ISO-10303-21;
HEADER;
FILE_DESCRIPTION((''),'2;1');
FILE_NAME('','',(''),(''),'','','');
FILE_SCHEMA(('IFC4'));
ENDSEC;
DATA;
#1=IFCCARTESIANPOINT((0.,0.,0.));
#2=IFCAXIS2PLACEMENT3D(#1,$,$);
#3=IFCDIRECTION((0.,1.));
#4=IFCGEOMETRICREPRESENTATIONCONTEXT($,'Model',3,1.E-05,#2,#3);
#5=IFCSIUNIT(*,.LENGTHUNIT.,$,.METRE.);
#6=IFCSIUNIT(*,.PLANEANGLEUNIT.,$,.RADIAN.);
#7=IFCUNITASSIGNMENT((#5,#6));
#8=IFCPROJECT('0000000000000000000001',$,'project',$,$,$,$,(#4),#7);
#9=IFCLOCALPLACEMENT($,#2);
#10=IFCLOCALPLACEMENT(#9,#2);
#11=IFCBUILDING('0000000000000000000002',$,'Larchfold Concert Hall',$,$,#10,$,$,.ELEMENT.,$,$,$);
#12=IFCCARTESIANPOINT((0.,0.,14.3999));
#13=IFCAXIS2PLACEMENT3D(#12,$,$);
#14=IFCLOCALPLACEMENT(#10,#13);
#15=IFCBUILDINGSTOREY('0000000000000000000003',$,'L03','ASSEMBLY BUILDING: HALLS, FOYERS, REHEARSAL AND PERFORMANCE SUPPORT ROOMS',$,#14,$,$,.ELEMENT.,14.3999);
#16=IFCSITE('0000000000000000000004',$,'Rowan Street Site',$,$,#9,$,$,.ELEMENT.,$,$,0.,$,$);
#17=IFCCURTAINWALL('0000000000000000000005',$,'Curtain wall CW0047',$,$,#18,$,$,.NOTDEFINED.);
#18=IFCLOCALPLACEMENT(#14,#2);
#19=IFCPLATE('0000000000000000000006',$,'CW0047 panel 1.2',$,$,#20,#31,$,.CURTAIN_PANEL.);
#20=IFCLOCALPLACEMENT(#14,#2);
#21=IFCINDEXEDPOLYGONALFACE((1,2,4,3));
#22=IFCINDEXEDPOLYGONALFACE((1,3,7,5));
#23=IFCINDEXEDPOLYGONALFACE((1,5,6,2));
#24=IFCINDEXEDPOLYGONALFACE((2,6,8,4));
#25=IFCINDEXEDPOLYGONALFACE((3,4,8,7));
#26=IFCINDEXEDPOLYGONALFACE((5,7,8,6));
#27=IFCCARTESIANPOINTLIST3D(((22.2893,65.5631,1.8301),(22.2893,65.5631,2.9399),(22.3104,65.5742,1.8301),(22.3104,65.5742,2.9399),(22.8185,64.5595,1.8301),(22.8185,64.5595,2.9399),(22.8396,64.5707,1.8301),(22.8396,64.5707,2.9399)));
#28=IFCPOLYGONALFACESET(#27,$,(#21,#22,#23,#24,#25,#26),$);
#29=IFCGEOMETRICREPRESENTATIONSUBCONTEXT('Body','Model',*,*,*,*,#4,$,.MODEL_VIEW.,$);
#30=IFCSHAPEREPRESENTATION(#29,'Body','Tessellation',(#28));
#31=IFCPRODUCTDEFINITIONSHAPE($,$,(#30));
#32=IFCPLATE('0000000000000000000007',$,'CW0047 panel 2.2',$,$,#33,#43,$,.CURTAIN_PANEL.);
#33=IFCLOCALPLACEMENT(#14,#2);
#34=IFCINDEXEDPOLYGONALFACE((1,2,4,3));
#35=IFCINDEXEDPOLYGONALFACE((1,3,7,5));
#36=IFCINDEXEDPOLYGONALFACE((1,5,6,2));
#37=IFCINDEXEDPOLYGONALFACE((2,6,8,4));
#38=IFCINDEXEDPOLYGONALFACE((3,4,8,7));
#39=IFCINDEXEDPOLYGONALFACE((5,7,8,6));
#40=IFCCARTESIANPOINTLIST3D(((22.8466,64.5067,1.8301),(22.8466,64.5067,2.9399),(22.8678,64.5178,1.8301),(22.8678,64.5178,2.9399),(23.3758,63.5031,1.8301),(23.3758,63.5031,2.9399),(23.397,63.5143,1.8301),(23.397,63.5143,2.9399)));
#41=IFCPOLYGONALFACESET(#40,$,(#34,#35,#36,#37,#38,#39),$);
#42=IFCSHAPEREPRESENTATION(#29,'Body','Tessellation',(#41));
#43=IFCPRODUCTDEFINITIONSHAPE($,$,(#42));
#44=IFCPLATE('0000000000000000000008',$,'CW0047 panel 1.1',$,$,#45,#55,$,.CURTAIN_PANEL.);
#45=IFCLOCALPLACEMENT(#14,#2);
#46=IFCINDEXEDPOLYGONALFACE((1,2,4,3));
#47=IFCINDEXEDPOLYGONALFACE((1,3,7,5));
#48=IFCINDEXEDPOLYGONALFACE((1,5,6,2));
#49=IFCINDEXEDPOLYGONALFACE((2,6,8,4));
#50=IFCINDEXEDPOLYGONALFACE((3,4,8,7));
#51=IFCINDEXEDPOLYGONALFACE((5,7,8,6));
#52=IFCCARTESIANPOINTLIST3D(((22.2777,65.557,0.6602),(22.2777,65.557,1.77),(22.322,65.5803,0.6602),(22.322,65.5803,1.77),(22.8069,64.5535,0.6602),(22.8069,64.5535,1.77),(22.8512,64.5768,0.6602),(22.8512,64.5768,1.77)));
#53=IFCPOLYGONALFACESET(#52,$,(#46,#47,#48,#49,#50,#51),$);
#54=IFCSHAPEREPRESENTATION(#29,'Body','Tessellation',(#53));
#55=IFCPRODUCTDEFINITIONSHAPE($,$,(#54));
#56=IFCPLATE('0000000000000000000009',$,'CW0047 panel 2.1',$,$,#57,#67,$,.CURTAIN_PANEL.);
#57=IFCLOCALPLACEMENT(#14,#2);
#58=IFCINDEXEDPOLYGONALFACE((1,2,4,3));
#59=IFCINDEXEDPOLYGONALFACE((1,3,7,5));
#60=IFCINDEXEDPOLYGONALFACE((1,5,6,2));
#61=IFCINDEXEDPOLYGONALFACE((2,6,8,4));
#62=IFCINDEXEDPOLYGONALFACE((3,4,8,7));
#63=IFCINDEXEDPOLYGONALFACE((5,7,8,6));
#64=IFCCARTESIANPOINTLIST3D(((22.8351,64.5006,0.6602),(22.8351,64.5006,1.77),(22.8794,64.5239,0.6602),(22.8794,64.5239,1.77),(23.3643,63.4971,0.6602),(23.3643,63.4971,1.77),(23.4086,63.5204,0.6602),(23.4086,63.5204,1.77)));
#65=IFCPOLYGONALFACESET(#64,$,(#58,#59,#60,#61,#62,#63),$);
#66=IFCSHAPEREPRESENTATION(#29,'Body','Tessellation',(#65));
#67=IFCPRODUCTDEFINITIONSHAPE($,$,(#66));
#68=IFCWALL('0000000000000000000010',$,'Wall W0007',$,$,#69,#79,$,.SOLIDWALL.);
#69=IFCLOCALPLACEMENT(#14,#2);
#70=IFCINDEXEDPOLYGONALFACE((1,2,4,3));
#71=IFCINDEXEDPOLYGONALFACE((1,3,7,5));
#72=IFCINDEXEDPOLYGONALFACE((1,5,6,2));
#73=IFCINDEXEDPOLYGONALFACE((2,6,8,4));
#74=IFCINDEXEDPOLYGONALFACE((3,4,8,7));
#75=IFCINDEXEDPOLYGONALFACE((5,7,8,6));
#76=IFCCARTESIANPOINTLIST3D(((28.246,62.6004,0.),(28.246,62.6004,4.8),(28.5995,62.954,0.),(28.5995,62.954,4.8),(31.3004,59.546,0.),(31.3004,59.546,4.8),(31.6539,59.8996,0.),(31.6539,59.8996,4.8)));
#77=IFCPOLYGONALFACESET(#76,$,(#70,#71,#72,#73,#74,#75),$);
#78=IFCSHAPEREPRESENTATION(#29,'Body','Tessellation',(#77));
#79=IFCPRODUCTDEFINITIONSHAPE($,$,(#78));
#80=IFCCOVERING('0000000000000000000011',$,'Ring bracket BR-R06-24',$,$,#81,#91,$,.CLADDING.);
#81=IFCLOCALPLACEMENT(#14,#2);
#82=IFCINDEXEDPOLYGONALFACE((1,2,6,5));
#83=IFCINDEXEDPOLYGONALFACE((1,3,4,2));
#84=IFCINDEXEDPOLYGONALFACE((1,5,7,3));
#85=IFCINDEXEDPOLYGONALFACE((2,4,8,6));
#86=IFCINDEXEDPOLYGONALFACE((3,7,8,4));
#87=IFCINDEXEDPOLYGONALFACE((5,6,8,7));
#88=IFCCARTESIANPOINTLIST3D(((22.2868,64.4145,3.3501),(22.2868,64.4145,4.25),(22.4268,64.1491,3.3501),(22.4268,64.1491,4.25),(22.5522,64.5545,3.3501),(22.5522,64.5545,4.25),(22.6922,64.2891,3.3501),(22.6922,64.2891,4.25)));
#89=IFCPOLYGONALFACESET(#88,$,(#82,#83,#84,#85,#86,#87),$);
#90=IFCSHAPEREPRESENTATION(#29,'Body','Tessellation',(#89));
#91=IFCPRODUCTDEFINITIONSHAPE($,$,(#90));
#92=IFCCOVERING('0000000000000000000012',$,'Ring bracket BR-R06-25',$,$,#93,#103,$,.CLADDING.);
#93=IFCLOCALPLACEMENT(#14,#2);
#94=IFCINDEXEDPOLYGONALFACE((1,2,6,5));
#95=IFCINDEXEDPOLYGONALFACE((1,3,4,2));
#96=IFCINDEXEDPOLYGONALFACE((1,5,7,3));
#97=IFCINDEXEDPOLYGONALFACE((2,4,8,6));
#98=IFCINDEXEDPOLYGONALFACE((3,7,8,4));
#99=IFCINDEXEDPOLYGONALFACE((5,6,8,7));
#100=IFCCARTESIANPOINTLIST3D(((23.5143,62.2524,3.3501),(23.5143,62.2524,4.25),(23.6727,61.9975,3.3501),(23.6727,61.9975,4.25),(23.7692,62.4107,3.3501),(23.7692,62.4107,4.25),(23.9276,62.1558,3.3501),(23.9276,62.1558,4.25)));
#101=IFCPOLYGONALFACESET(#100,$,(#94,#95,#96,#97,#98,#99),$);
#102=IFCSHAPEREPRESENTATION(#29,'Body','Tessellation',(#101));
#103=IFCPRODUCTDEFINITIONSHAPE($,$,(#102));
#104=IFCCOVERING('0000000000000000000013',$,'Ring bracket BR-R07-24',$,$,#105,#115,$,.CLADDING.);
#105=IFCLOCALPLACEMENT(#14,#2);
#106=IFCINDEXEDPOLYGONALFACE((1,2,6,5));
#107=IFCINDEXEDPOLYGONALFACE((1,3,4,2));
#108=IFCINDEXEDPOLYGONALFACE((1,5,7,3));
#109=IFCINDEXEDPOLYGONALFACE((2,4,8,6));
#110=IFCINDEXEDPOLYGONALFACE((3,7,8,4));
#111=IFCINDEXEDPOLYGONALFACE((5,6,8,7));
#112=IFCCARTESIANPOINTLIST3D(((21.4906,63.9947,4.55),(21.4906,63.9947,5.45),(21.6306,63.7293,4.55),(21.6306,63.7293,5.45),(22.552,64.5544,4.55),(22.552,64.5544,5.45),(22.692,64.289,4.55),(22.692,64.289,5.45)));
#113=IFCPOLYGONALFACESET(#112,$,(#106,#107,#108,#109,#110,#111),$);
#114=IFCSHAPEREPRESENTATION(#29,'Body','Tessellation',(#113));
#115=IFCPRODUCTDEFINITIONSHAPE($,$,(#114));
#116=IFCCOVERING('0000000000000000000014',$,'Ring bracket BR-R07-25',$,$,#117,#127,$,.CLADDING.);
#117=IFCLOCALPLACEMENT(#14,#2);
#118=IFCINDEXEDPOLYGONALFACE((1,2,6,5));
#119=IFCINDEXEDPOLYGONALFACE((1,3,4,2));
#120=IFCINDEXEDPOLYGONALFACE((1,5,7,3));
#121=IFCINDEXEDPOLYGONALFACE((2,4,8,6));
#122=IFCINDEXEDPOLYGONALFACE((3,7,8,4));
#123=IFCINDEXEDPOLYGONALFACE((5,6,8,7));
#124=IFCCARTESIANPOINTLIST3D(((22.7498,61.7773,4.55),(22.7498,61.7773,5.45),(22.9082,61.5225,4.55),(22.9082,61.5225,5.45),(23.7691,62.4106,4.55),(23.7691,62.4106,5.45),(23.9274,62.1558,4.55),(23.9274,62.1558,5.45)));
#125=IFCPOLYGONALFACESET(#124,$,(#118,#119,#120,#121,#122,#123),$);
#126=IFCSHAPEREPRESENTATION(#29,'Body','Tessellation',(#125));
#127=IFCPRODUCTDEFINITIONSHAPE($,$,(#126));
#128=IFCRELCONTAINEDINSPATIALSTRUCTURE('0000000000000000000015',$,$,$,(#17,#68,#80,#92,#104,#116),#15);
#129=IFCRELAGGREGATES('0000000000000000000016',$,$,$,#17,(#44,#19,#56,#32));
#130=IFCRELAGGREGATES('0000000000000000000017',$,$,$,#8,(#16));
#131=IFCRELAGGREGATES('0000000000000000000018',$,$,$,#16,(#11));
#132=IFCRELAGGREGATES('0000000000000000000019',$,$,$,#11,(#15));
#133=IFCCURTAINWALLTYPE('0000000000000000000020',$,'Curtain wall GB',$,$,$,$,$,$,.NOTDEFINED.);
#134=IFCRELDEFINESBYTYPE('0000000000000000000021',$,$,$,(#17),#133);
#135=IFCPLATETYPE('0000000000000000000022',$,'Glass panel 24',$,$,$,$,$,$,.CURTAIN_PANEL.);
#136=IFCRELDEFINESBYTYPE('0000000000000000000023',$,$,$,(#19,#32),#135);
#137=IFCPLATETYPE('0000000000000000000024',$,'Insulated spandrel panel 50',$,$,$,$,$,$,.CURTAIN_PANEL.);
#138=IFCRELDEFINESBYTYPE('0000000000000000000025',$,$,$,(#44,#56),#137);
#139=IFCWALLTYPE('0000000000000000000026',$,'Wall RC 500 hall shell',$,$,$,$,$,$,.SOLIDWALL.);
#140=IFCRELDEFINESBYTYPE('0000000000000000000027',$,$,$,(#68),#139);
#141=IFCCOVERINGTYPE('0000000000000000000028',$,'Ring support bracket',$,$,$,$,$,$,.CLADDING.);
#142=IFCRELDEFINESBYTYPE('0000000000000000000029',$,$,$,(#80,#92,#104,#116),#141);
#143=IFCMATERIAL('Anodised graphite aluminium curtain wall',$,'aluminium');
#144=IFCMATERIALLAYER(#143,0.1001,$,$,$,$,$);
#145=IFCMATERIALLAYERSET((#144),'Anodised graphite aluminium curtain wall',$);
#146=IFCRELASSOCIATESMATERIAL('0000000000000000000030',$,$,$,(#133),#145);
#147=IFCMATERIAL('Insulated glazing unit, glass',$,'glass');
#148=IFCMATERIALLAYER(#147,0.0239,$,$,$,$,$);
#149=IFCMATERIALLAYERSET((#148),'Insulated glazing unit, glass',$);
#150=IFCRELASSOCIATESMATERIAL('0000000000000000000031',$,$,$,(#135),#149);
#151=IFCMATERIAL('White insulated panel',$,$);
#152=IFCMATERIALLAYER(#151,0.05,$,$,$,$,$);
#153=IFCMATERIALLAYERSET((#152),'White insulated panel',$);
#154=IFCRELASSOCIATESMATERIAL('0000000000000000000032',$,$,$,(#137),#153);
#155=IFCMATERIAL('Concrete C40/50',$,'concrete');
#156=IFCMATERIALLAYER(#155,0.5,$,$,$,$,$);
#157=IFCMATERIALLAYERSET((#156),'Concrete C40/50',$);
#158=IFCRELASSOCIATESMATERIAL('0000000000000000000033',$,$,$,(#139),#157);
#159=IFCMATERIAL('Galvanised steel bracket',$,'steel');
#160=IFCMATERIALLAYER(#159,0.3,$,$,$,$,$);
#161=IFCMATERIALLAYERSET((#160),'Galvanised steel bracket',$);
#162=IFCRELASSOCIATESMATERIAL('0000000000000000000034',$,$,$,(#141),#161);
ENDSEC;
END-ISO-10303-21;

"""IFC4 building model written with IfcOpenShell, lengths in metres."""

from ifc_helpers import new_model, si_unit, direction, frame, frame_2d, origin, origin_2d, place, context, subcontext, project, spatial, rectangle, extrude, material, layer, layer_set, type_object, element, aggregate, save


model = new_model("IFC4")

# Units and contexts
model_context = context("Model", 3, precision=1e-05, world=origin(), true_north=direction((0.0, 1.0)))
body_context = subcontext(model_context, "Body", "Model", "MODEL_VIEW")
ifc_project = project(units=[si_unit("LENGTHUNIT", "METRE"), si_unit("PLANEANGLEUNIT", "RADIAN")], contexts=[model_context])

# Site, building, storey
site_placement = place(None, origin())
site = spatial("IfcSite", under=ifc_project, at=site_placement, Name="Rowan Street Site", CompositionType="ELEMENT", RefElevation=0.0)
building_placement = place(site_placement, origin())
building = spatial("IfcBuilding", under=site, at=building_placement, Name="Larchfold Concert Hall", CompositionType="ELEMENT")
storey_placement = place(building_placement, frame((0.0, 0.0, 14.3999)))
storey = spatial("IfcBuildingStorey", under=building, at=storey_placement, Name="L03", Description="ASSEMBLY BUILDING: HALLS, FOYERS, REHEARSAL AND PERFORMANCE SUPPORT ROOMS", CompositionType="ELEMENT", Elevation=14.3999)

# Curtain wall
ifc_material_1 = material(Name="Anodised graphite aluminium curtain wall", Category="aluminium")
ifc_layer_1 = layer(ifc_material_1, 0.1001)
ifc_layer_set_1 = layer_set([ifc_layer_1], Name="Anodised graphite aluminium curtain wall")
curtain_wall_type = type_object("IfcCurtainWallType", Name="Curtain wall GB", PredefinedType="NOTDEFINED", material=ifc_layer_set_1)
curtain_wall_1_placement = place(storey_placement, origin())
curtain_wall_1 = element("IfcCurtainWall", 1, at=curtain_wall_1_placement, inside=storey, type_object=curtain_wall_type, Name="Curtain wall CW0047", PredefinedType="NOTDEFINED")

# Plates
ifc_material_2 = material(Name="Insulated glazing unit, glass", Category="glass")
ifc_layer_2 = layer(ifc_material_2, 0.0239)
ifc_layer_set_2 = layer_set([ifc_layer_2], Name="Insulated glazing unit, glass")
plate_type_1 = type_object("IfcPlateType", Name="Glass panel 24", PredefinedType="CURTAIN_PANEL", material=ifc_layer_set_2)
plate_1_placement = place(storey_placement, frame((22.5645, 65.0669, 1.8301), z_axis=(0.0, 0.0, 1.0), x_axis=(0.466449, -0.884548, 0.0)))
plate_1 = element("IfcPlate", 2, at=plate_1_placement, type_object=plate_type_1, Name="CW0047 panel 1.2", PredefinedType="CURTAIN_PANEL", context=body_context, shape_type="SweptSolid", body=[
    extrude(rectangle(XDim=1.1345, YDim=0.0239, at=origin_2d()), origin(), (0.0, 0.0, 1.0), 1.1099),
])
plate_2_placement = place(storey_placement, frame((23.1218, 64.0105, 1.8301), z_axis=(0.0, 0.0, 1.0), x_axis=(0.466449, -0.884548, 0.0)))
plate_2 = element("IfcPlate", 3, at=plate_2_placement, type_object=plate_type_1, Name="CW0047 panel 2.2", PredefinedType="CURTAIN_PANEL", context=body_context, shape_type="SweptSolid", body=[
    extrude(rectangle(XDim=1.1345, YDim=0.0239, at=origin_2d()), origin(), (0.0, 0.0, 1.0), 1.1099),
])
ifc_material_3 = material(Name="White insulated panel")
ifc_layer_3 = layer(ifc_material_3, 0.05)
ifc_layer_set_3 = layer_set([ifc_layer_3], Name="White insulated panel")
plate_type_2 = type_object("IfcPlateType", Name="Insulated spandrel panel 50", PredefinedType="CURTAIN_PANEL", material=ifc_layer_set_3)
plate_3_placement = place(storey_placement, frame((22.5645, 65.0669, 0.6602), z_axis=(0.0, 0.0, 1.0), x_axis=(0.466449, -0.884548, 0.0)))
plate_3 = element("IfcPlate", 4, at=plate_3_placement, type_object=plate_type_2, Name="CW0047 panel 1.1", PredefinedType="CURTAIN_PANEL", context=body_context, shape_type="SweptSolid", body=[
    extrude(rectangle(XDim=1.1345, YDim=0.05, at=origin_2d()), origin(), (0.0, 0.0, 1.0), 1.1099),
])
plate_4_placement = place(storey_placement, frame((23.1218, 64.0105, 0.6602), z_axis=(0.0, 0.0, 1.0), x_axis=(0.466449, -0.884548, 0.0)))
plate_4 = element("IfcPlate", 5, at=plate_4_placement, type_object=plate_type_2, Name="CW0047 panel 2.1", PredefinedType="CURTAIN_PANEL", context=body_context, shape_type="SweptSolid", body=[
    extrude(rectangle(XDim=1.1345, YDim=0.05, at=origin_2d()), origin(), (0.0, 0.0, 1.0), 1.1099),
])
aggregate(curtain_wall_1, [plate_3, plate_1, plate_4, plate_2])

# Wall
ifc_material_4 = material(Name="Concrete C40/50", Category="concrete")
ifc_layer_4 = layer(ifc_material_4, 0.5)
ifc_layer_set_4 = layer_set([ifc_layer_4], Name="Concrete C40/50")
wall_type_1 = type_object("IfcWallType", Name="Wall RC 500 hall shell", PredefinedType="SOLIDWALL", material=ifc_layer_set_4)
wall_1_placement = place(storey_placement, frame((28.4229, 62.7771, 0.0), z_axis=(0.0, 0.0, 1.0), x_axis=(0.707107, -0.707107, 0.0)))
element("IfcWall", 6, at=wall_1_placement, inside=storey, type_object=wall_type_1, Name="Wall W0007", PredefinedType="SOLIDWALL", context=body_context, shape_type="SweptSolid", body=[
    extrude(rectangle(XDim=4.3196, YDim=0.5, at=frame_2d((2.1597, 0.0))), origin(), (0.0, 0.0, 1.0), 4.8),
])

# Coverings
ifc_material_5 = material(Name="Galvanised steel bracket", Category="steel")
ifc_layer_5 = layer(ifc_material_5, 0.3)
ifc_layer_set_5 = layer_set([ifc_layer_5], Name="Galvanised steel bracket")
covering_type = type_object("IfcCoveringType", Name="Ring support bracket", PredefinedType="CLADDING", material=ifc_layer_set_5)
for number, where, z_axis, x_axis, name in (
    (7, (22.4895, 64.3518, 3.3501), (0.0, 0.0, 1.0), (-0.884536, -0.466473, 0.0), "Ring bracket BR-R06-24"),
    (8, (23.7209, 62.2041, 3.3501), (0.0, 0.0, 1.0), (-0.849391, -0.527764, 0.0), "Ring bracket BR-R06-25"),
):
    element("IfcCovering", number, at=place(storey_placement, frame(where, z_axis=z_axis, x_axis=x_axis)), inside=storey, type_object=covering_type, Name=name, PredefinedType="CLADDING", context=body_context, shape_type="SweptSolid", body=[
        extrude(rectangle(XDim=0.3, YDim=0.3, at=origin_2d()), origin(), (0.0, 0.0, 1.0), 0.8999),
    ])
for number, where, z_axis, x_axis, name in (
    (9, (22.0913, 64.1418, 4.55), (0.0, 0.0, 1.0), (-0.884536, -0.466473, 0.0), "Ring bracket BR-R07-24"),
    (10, (23.3386, 61.9666, 4.55), (0.0, 0.0, 1.0), (-0.849391, -0.527764, 0.0), "Ring bracket BR-R07-25"),
):
    element("IfcCovering", number, at=place(storey_placement, frame(where, z_axis=z_axis, x_axis=x_axis)), inside=storey, type_object=covering_type, Name=name, PredefinedType="CLADDING", context=body_context, shape_type="SweptSolid", body=[
        extrude(rectangle(XDim=1.2, YDim=0.3, at=origin_2d()), origin(), (0.0, 0.0, 1.0), 0.8999),
    ])

save(model, "model.ifc")
